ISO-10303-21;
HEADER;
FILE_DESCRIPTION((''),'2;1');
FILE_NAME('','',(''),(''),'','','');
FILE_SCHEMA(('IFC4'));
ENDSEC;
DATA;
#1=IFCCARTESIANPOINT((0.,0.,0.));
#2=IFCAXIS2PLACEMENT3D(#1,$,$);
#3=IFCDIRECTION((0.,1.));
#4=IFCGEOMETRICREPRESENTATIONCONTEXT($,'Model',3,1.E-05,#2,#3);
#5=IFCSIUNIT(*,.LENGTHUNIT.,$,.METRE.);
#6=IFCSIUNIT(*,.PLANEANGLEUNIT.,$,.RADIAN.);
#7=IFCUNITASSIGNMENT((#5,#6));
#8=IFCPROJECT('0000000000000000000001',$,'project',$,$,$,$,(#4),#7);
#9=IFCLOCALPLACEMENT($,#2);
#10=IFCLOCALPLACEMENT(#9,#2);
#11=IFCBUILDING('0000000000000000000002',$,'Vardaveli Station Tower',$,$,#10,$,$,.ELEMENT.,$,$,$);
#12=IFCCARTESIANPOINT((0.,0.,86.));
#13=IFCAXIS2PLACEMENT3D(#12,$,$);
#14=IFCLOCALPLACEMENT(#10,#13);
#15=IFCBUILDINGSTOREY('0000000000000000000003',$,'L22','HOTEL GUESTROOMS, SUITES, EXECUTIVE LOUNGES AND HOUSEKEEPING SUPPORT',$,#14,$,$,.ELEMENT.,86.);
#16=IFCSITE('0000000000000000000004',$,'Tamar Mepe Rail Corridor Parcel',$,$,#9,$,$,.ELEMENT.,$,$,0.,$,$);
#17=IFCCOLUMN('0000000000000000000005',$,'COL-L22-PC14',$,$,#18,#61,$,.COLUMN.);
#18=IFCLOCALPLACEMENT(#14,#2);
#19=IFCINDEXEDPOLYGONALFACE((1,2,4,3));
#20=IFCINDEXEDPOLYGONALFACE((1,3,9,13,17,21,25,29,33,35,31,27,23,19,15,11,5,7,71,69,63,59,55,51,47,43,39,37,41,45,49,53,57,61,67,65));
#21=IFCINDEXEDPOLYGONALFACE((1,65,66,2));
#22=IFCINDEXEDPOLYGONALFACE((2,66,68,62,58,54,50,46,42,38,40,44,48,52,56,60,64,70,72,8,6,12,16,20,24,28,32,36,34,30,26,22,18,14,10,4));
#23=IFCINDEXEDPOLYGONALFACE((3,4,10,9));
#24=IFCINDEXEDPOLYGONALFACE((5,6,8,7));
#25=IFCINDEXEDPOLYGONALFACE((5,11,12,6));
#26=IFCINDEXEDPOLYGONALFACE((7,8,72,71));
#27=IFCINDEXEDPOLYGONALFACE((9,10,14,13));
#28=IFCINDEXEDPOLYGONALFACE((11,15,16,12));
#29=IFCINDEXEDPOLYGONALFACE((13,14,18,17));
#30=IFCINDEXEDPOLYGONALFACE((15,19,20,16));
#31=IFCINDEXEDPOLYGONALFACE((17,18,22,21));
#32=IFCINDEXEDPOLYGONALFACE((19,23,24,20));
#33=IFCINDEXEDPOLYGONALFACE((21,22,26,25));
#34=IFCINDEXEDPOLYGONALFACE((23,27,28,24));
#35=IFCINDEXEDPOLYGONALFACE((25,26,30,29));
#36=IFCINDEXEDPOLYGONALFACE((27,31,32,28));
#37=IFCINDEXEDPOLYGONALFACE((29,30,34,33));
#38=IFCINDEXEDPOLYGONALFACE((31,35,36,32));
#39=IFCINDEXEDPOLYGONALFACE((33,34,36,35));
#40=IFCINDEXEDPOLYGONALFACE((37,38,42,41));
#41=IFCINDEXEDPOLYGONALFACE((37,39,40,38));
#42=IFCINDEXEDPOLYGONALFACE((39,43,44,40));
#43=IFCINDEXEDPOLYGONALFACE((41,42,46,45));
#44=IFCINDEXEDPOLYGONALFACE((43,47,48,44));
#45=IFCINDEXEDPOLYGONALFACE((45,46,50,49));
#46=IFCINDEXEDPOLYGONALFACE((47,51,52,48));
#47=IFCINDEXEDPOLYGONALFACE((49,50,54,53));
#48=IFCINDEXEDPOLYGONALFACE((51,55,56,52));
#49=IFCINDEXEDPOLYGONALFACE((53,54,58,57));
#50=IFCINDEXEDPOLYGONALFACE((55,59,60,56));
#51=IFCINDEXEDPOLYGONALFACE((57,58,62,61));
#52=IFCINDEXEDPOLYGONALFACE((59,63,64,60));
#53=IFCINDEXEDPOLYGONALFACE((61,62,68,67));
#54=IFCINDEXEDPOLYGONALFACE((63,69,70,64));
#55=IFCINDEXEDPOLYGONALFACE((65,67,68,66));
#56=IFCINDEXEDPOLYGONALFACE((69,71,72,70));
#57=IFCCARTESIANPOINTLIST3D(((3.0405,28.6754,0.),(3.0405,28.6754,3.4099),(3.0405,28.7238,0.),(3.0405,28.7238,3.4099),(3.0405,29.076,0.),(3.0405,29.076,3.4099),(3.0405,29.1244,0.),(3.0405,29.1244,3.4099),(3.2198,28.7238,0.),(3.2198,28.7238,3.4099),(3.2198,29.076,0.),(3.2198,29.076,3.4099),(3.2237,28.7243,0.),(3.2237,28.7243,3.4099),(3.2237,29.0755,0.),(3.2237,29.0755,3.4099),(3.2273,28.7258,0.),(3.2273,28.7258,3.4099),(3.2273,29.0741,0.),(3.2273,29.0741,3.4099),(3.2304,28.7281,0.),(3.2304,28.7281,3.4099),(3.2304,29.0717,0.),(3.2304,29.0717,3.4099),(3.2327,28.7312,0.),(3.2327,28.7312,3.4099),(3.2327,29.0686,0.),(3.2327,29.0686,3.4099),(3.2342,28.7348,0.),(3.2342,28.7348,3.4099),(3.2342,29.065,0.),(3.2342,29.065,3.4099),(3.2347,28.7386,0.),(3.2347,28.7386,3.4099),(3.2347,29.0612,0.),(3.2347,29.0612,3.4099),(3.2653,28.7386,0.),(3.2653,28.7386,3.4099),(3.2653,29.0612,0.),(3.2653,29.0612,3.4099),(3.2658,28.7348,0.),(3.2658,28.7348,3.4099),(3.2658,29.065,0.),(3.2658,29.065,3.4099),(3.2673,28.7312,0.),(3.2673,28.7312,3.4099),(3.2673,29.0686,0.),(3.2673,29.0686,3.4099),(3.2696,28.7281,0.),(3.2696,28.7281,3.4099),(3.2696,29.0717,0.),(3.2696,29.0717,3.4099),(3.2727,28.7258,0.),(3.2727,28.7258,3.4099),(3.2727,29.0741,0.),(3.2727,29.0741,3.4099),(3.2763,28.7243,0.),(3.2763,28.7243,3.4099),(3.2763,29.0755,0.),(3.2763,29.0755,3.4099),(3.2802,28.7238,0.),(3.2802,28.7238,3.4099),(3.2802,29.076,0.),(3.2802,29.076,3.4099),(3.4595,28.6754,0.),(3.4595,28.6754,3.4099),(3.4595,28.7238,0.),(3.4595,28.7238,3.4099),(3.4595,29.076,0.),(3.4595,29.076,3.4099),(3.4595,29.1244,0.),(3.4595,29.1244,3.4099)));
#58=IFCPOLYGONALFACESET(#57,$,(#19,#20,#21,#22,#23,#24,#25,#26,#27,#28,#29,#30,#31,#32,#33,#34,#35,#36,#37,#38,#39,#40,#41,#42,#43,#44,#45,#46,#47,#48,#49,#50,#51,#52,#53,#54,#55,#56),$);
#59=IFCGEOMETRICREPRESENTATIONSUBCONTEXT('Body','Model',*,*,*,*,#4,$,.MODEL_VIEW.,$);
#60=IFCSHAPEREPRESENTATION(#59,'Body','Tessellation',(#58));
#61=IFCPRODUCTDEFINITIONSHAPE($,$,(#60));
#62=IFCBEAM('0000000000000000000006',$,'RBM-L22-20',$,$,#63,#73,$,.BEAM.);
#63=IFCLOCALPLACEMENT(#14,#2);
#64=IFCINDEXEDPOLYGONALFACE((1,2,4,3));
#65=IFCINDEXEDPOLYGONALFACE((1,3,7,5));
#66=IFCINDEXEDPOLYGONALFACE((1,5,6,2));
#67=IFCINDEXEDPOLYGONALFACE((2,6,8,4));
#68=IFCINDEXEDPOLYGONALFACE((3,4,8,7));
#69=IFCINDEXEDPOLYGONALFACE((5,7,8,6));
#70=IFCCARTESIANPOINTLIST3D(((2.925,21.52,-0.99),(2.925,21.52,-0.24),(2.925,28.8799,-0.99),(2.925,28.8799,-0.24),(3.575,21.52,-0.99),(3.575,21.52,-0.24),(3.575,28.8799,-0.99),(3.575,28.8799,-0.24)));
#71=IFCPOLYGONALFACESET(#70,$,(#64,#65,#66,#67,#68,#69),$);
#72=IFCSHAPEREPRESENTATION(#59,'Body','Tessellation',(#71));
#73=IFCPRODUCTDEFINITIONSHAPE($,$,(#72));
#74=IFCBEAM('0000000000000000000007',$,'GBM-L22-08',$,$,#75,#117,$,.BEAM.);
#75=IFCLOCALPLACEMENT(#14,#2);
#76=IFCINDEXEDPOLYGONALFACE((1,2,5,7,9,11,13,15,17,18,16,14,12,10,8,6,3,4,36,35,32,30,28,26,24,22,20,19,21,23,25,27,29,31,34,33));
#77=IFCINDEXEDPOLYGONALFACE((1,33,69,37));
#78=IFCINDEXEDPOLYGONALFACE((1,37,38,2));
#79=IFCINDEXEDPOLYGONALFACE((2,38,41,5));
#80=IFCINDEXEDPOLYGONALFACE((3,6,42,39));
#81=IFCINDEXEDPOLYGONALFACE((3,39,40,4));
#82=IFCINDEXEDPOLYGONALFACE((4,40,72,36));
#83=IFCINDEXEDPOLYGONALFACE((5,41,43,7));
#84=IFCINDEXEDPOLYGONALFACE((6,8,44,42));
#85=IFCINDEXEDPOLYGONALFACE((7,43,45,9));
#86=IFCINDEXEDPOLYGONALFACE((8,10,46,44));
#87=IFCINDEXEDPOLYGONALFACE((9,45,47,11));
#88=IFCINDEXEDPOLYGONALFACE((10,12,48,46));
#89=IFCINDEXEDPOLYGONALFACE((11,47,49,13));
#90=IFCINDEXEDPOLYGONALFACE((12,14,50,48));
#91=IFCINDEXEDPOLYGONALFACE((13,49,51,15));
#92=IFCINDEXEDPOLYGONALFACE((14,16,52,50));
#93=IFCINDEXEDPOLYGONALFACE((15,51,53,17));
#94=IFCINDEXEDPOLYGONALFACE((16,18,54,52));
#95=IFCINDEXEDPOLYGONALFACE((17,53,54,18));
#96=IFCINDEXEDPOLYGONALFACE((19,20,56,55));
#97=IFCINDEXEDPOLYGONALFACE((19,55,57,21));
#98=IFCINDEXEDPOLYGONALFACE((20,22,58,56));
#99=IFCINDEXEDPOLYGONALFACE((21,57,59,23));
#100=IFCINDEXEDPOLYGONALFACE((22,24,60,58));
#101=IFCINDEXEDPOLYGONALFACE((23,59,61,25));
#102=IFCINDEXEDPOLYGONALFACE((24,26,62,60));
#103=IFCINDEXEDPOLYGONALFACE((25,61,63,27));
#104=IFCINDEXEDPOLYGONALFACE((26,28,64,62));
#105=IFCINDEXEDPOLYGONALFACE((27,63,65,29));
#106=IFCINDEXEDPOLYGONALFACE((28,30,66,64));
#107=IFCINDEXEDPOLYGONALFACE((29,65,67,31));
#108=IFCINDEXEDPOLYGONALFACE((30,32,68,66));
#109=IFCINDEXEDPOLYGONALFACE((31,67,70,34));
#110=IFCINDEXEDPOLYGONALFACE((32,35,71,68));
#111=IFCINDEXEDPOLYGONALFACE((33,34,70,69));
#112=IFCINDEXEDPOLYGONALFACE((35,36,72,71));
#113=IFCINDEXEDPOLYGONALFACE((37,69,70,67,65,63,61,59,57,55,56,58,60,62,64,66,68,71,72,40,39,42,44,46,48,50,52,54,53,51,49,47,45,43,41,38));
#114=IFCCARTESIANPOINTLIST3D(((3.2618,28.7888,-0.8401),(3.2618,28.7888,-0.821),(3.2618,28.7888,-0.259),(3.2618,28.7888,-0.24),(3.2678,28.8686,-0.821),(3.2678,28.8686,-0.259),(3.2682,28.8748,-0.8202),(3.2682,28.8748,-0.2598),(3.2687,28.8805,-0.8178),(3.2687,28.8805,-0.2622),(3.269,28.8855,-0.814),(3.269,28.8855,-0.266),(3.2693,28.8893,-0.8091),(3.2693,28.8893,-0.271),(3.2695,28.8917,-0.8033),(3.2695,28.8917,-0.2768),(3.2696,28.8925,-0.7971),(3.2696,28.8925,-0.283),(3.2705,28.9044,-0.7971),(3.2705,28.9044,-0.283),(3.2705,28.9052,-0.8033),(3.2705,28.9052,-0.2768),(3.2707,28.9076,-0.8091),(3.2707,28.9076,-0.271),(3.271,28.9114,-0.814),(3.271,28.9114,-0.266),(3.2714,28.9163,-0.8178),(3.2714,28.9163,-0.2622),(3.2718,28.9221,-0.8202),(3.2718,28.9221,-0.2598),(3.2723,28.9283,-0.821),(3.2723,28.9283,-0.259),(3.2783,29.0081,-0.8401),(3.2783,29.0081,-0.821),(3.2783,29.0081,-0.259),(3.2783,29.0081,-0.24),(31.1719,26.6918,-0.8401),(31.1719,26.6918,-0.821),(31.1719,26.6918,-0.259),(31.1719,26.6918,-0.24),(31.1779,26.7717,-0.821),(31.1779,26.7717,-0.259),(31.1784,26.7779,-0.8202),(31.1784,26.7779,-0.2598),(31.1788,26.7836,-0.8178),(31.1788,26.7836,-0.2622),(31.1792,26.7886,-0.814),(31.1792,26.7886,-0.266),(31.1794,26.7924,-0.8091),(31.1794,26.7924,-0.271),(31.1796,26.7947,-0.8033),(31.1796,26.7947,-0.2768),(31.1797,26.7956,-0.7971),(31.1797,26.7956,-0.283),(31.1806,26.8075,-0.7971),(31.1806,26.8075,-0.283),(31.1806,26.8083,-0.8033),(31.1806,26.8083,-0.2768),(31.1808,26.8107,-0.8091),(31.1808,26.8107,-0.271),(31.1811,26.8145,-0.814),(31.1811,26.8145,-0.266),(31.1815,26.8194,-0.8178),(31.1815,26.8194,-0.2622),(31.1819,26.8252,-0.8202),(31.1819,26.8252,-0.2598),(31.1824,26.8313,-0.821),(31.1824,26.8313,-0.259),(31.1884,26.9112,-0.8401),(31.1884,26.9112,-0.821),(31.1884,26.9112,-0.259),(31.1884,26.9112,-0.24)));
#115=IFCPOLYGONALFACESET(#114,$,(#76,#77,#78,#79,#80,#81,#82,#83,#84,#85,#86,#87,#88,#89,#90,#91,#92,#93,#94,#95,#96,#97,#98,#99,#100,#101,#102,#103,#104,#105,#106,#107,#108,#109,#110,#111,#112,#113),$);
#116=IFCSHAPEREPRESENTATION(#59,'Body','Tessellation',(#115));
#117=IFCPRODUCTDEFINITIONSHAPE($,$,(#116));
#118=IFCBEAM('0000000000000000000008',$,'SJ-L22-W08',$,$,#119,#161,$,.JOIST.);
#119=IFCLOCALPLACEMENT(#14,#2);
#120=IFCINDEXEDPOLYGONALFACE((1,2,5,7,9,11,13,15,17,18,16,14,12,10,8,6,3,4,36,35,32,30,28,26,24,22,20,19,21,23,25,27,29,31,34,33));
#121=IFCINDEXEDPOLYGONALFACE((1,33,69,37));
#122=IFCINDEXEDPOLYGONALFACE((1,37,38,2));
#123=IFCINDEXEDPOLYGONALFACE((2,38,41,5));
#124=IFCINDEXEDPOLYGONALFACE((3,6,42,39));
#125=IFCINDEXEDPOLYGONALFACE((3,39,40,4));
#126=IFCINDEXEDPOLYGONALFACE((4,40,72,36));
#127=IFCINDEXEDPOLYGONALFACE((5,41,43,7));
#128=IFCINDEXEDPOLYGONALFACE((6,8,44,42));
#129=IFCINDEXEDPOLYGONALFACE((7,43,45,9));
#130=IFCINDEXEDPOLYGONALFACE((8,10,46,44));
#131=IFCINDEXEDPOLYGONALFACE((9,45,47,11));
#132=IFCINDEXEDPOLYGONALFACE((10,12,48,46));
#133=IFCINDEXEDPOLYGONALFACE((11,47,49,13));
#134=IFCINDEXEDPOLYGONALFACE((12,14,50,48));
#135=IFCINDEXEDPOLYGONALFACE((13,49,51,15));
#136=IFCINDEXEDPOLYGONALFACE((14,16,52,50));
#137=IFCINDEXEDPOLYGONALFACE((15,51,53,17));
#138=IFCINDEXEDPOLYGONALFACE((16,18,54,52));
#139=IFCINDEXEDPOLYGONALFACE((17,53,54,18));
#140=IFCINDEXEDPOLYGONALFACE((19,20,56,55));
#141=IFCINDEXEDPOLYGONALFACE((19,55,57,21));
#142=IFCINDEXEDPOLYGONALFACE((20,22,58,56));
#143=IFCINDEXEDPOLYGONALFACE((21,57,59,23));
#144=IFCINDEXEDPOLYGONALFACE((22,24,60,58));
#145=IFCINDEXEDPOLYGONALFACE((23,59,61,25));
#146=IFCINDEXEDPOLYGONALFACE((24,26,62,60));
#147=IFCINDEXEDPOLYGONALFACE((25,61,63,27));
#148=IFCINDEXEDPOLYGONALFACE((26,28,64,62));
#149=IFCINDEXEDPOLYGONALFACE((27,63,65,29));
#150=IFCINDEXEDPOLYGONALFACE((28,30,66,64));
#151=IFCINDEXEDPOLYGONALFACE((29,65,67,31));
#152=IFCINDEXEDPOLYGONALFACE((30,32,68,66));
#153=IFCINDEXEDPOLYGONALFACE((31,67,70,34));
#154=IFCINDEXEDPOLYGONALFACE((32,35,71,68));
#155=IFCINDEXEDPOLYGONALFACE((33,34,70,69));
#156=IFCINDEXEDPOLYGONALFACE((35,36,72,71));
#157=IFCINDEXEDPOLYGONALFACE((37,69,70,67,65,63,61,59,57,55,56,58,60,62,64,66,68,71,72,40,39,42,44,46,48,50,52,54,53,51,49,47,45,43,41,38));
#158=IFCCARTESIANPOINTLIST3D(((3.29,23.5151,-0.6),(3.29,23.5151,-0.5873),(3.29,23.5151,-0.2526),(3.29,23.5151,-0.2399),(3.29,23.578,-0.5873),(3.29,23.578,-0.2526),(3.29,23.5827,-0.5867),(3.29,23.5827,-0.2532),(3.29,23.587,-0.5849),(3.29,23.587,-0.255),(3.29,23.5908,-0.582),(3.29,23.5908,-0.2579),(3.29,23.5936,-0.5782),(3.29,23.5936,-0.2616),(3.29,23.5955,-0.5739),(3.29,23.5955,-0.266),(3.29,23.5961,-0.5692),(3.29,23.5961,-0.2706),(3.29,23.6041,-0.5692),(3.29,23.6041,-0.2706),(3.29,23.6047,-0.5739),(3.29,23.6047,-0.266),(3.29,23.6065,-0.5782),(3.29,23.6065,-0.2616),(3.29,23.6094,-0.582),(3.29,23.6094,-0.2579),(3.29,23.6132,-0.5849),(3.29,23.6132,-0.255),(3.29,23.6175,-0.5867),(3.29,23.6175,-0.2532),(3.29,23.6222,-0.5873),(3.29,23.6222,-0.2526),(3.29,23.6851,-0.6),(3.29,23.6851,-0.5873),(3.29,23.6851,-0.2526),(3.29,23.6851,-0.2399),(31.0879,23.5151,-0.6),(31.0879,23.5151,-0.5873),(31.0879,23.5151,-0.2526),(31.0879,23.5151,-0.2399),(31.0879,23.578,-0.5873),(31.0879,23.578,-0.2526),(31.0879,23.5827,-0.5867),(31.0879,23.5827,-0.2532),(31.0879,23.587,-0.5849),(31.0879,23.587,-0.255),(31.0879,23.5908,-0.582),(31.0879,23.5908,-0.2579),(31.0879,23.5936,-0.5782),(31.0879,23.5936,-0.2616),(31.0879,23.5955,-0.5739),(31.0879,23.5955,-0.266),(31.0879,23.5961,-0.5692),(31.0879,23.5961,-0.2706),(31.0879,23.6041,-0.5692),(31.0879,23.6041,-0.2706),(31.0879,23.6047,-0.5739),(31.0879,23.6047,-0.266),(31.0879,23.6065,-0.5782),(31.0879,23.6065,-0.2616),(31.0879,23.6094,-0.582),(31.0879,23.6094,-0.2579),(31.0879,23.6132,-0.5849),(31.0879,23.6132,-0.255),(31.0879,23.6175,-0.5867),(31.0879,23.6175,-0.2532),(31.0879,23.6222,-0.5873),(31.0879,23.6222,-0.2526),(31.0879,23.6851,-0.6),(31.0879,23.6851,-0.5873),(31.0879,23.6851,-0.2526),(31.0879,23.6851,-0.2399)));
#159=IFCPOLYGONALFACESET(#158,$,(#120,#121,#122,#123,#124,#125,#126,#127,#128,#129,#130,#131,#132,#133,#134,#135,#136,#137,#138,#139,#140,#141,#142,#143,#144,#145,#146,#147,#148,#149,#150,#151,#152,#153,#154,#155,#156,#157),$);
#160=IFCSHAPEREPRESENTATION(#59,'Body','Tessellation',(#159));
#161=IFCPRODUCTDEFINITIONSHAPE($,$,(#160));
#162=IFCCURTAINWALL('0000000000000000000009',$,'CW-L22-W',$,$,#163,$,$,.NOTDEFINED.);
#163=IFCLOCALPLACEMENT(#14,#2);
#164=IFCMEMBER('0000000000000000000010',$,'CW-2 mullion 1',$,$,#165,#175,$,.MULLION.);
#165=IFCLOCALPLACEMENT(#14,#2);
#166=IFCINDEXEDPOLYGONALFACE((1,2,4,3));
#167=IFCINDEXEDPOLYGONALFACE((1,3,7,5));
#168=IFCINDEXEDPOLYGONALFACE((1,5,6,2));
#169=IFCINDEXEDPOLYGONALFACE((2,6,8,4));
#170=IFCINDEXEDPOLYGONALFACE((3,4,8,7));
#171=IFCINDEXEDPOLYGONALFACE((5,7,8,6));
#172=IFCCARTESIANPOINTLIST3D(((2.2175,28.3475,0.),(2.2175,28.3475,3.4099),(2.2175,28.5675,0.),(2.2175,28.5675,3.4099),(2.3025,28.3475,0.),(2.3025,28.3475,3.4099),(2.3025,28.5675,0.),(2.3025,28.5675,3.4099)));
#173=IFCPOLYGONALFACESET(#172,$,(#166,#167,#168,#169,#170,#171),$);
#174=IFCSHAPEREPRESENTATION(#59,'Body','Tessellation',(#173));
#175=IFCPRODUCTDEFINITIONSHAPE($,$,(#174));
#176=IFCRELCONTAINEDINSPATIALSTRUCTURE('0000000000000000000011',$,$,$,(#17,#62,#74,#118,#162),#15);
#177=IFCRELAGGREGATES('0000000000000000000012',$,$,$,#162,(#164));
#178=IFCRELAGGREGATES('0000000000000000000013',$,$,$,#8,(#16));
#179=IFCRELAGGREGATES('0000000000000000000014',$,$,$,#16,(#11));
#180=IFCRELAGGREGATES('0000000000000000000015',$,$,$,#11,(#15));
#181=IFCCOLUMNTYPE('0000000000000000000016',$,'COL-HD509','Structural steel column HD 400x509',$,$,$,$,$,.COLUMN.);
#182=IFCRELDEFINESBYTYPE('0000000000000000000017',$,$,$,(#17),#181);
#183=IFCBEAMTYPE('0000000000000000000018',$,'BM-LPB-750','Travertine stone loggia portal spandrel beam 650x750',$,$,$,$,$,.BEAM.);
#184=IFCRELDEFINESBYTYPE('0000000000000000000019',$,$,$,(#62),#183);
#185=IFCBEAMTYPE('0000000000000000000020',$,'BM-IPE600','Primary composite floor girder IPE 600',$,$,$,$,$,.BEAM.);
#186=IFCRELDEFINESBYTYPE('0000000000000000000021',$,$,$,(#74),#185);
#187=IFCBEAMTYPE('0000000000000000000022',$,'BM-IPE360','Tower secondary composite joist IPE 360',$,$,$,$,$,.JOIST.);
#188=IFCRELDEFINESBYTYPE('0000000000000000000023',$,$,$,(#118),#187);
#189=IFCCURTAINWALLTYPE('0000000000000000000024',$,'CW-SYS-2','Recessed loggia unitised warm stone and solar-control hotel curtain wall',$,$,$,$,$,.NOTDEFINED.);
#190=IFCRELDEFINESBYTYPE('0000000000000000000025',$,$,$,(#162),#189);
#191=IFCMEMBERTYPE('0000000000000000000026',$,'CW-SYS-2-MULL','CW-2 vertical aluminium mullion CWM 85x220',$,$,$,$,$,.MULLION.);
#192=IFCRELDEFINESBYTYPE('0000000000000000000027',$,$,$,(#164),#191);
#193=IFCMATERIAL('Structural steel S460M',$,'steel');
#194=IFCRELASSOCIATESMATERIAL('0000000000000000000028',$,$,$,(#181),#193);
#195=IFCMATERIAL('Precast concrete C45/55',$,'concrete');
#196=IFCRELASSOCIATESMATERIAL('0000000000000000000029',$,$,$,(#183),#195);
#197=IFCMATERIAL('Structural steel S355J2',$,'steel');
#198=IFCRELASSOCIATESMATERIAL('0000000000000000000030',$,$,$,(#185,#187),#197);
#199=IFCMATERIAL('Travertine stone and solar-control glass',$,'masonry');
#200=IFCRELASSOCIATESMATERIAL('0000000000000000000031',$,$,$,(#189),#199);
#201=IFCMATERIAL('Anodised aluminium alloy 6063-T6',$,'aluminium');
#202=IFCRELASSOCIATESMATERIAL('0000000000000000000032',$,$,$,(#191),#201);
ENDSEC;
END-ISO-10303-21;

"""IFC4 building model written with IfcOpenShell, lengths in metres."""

from ifc_helpers import new_model, si_unit, direction, frame, origin, origin_2d, place, context, subcontext, project, spatial, rectangle, i_section, extrude, source, transform, mapped, material, material_profile, profile_set, type_object, element, aggregate, save


model = new_model("IFC4")

# Units and contexts
model_context = context("Model", 3, precision=1e-05, world=origin(), true_north=direction((0.0, 1.0)))
body_context = subcontext(model_context, "Body", "Model", "MODEL_VIEW")
ifc_project = project(units=[si_unit("LENGTHUNIT", "METRE"), si_unit("PLANEANGLEUNIT", "RADIAN")], contexts=[model_context])

# Site, building, storey
site_placement = place(None, origin())
site = spatial("IfcSite", under=ifc_project, at=site_placement, Name="Tamar Mepe Rail Corridor Parcel", CompositionType="ELEMENT", RefElevation=0.0)
building_placement = place(site_placement, origin())
building = spatial("IfcBuilding", under=site, at=building_placement, Name="Vardaveli Station Tower", CompositionType="ELEMENT")
storey_placement = place(building_placement, frame((0.0, 0.0, 86.0)))
storey = spatial("IfcBuildingStorey", under=building, at=storey_placement, Name="L22", Description="HOTEL GUESTROOMS, SUITES, EXECUTIVE LOUNGES AND HOUSEKEEPING SUPPORT", CompositionType="ELEMENT", Elevation=86.0)

# Column
ifc_material_1 = material(Name="Structural steel S460M", Category="steel")
ifc_material_profile_1 = material_profile(ifc_material_1, i_section(OverallWidth=0.4189, OverallDepth=0.449, WebThickness=0.0305, FlangeThickness=0.0483, FilletRadius=0.0149, at=origin_2d()), Name="HD 400x509")
ifc_profile_set_1 = profile_set([ifc_material_profile_1], Name="Structural steel S460M")
column_type = type_object("IfcColumnType", Name="COL-HD509", Description="Structural steel column HD 400x509", PredefinedType="COLUMN", material=ifc_profile_set_1)
shared_shape_1 = source(origin(), body_context, "Body", "SweptSolid", [
    extrude(i_section(OverallWidth=0.4189, OverallDepth=0.449, WebThickness=0.0305, FlangeThickness=0.0483, FilletRadius=0.0149, at=origin_2d()), origin(), (0.0, 0.0, 1.0), 3.4099),
])
column_placement = place(storey_placement, frame((3.25, 28.8999, 0.0), z_axis=(0.0, 0.0, 1.0), x_axis=(1.0, 0.0, 0.0)))
element("IfcColumn", 1, at=column_placement, inside=storey, type_object=column_type, Name="COL-L22-PC14", PredefinedType="COLUMN", context=body_context, shape_type="MappedRepresentation", body=[
    mapped(shared_shape_1, transform((0.0, 0.0, 0.0), scale=1.0)),
])

# Beams
ifc_material_2 = material(Name="Precast concrete C45/55", Category="concrete")
ifc_material_profile_2 = material_profile(ifc_material_2, rectangle(XDim=0.6499, YDim=0.75, at=origin_2d()), Name="LPB 650x750")
ifc_profile_set_2 = profile_set([ifc_material_profile_2], Name="Precast concrete C45/55")
beam_type_1 = type_object("IfcBeamType", Name="BM-LPB-750", Description="Travertine stone loggia portal spandrel beam 650x750", PredefinedType="BEAM", material=ifc_profile_set_2)
shared_shape_2 = source(origin(), body_context, "Body", "SweptSolid", [
    extrude(rectangle(XDim=0.6499, YDim=0.75, at=origin_2d()), origin(), (0.0, 0.0, 1.0), 7.3599),
])
beam_1_placement = place(storey_placement, frame((3.25, 28.8799, -0.615), z_axis=(0.0, -1.0, 0.0), x_axis=(1.0, 0.0, 0.0)))
element("IfcBeam", 2, at=beam_1_placement, inside=storey, type_object=beam_type_1, Name="RBM-L22-20", PredefinedType="BEAM", context=body_context, shape_type="MappedRepresentation", body=[
    mapped(shared_shape_2, transform((0.0, 0.0, 0.0), scale=1.0)),
])
ifc_material_3 = material(Name="Structural steel S355J2", Category="steel")
ifc_material_profile_3 = material_profile(ifc_material_3, i_section(OverallWidth=0.22, OverallDepth=0.6001, WebThickness=0.012, FlangeThickness=0.019, FilletRadius=0.0239, at=origin_2d()), Name="IPE 600")
ifc_profile_set_3 = profile_set([ifc_material_profile_3], Name="Structural steel S355J2")
beam_type_2 = type_object("IfcBeamType", Name="BM-IPE600", Description="Primary composite floor girder IPE 600", PredefinedType="BEAM", material=ifc_profile_set_3)
shared_shape_3 = source(origin(), body_context, "Body", "SweptSolid", [
    extrude(i_section(OverallWidth=0.22, OverallDepth=0.6001, WebThickness=0.012, FlangeThickness=0.019, FilletRadius=0.0239, at=origin_2d()), origin(), (0.0, 0.0, 1.0), 27.9888),
])
beam_2_placement = place(storey_placement, frame((3.27, 28.8984, -0.54), z_axis=(0.99719, -0.07492, 0.0), x_axis=(0.07492, 0.99719, 0.0)))
element("IfcBeam", 3, at=beam_2_placement, inside=storey, type_object=beam_type_2, Name="GBM-L22-08", PredefinedType="BEAM", context=body_context, shape_type="MappedRepresentation", body=[
    mapped(shared_shape_3, transform((0.0, 0.0, 0.0), scale=1.0)),
])
ifc_material_profile_4 = material_profile(ifc_material_3, i_section(OverallWidth=0.1699, OverallDepth=0.3601, WebThickness=0.0081, FlangeThickness=0.0127, FilletRadius=0.0181, at=origin_2d()), Name="IPE 360")
ifc_profile_set_4 = profile_set([ifc_material_profile_4], Name="Structural steel S355J2")
beam_type_3 = type_object("IfcBeamType", Name="BM-IPE360", Description="Tower secondary composite joist IPE 360", PredefinedType="JOIST", material=ifc_profile_set_4)
shared_shape_4 = source(origin(), body_context, "Body", "SweptSolid", [
    extrude(i_section(OverallWidth=0.1699, OverallDepth=0.3601, WebThickness=0.0081, FlangeThickness=0.0127, FilletRadius=0.0181, at=origin_2d()), origin(), (0.0, 0.0, 1.0), 27.7979),
])
beam_3_placement = place(storey_placement, frame((3.29, 23.6001, -0.4199), z_axis=(1.0, 0.0, 0.0), x_axis=(0.0, 1.0, 0.0)))
element("IfcBeam", 4, at=beam_3_placement, inside=storey, type_object=beam_type_3, Name="SJ-L22-W08", PredefinedType="JOIST", context=body_context, shape_type="MappedRepresentation", body=[
    mapped(shared_shape_4, transform((0.0, 0.0, 0.0), scale=1.0)),
])

# Curtain wall, member
ifc_material_4 = material(Name="Travertine stone and solar-control glass", Category="masonry")
curtain_wall_type = type_object("IfcCurtainWallType", Name="CW-SYS-2", Description="Recessed loggia unitised warm stone and solar-control hotel curtain wall", PredefinedType="NOTDEFINED", material=ifc_material_4)
curtain_wall_placement = place(storey_placement, origin())
curtain_wall = element("IfcCurtainWall", 5, at=curtain_wall_placement, inside=storey, type_object=curtain_wall_type, Name="CW-L22-W", PredefinedType="NOTDEFINED")
ifc_material_5 = material(Name="Anodised aluminium alloy 6063-T6", Category="aluminium")
ifc_material_profile_5 = material_profile(ifc_material_5, rectangle(XDim=0.085, YDim=0.22, at=origin_2d()), Name="CWM 85x220")
ifc_profile_set_5 = profile_set([ifc_material_profile_5], Name="Anodised aluminium alloy 6063-T6")
member_type_1 = type_object("IfcMemberType", Name="CW-SYS-2-MULL", Description="CW-2 vertical aluminium mullion CWM 85x220", PredefinedType="MULLION", material=ifc_profile_set_5)
shared_shape_5 = source(origin(), body_context, "Body", "SweptSolid", [
    extrude(rectangle(XDim=0.085, YDim=0.22, at=origin_2d()), origin(), (0.0, 0.0, 1.0), 3.4099),
])
member_1_placement = place(storey_placement, frame((2.26, 28.4575, 0.0), z_axis=(0.0, 0.0, 1.0), x_axis=(1.0, 0.0, 0.0)))
member_1 = element("IfcMember", 6, at=member_1_placement, type_object=member_type_1, Name="CW-2 mullion 1", PredefinedType="MULLION", context=body_context, shape_type="MappedRepresentation", body=[
    mapped(shared_shape_5, transform((0.0, 0.0, 0.0), scale=1.0)),
])
aggregate(curtain_wall, [member_1])

save(model, "model.ifc")
